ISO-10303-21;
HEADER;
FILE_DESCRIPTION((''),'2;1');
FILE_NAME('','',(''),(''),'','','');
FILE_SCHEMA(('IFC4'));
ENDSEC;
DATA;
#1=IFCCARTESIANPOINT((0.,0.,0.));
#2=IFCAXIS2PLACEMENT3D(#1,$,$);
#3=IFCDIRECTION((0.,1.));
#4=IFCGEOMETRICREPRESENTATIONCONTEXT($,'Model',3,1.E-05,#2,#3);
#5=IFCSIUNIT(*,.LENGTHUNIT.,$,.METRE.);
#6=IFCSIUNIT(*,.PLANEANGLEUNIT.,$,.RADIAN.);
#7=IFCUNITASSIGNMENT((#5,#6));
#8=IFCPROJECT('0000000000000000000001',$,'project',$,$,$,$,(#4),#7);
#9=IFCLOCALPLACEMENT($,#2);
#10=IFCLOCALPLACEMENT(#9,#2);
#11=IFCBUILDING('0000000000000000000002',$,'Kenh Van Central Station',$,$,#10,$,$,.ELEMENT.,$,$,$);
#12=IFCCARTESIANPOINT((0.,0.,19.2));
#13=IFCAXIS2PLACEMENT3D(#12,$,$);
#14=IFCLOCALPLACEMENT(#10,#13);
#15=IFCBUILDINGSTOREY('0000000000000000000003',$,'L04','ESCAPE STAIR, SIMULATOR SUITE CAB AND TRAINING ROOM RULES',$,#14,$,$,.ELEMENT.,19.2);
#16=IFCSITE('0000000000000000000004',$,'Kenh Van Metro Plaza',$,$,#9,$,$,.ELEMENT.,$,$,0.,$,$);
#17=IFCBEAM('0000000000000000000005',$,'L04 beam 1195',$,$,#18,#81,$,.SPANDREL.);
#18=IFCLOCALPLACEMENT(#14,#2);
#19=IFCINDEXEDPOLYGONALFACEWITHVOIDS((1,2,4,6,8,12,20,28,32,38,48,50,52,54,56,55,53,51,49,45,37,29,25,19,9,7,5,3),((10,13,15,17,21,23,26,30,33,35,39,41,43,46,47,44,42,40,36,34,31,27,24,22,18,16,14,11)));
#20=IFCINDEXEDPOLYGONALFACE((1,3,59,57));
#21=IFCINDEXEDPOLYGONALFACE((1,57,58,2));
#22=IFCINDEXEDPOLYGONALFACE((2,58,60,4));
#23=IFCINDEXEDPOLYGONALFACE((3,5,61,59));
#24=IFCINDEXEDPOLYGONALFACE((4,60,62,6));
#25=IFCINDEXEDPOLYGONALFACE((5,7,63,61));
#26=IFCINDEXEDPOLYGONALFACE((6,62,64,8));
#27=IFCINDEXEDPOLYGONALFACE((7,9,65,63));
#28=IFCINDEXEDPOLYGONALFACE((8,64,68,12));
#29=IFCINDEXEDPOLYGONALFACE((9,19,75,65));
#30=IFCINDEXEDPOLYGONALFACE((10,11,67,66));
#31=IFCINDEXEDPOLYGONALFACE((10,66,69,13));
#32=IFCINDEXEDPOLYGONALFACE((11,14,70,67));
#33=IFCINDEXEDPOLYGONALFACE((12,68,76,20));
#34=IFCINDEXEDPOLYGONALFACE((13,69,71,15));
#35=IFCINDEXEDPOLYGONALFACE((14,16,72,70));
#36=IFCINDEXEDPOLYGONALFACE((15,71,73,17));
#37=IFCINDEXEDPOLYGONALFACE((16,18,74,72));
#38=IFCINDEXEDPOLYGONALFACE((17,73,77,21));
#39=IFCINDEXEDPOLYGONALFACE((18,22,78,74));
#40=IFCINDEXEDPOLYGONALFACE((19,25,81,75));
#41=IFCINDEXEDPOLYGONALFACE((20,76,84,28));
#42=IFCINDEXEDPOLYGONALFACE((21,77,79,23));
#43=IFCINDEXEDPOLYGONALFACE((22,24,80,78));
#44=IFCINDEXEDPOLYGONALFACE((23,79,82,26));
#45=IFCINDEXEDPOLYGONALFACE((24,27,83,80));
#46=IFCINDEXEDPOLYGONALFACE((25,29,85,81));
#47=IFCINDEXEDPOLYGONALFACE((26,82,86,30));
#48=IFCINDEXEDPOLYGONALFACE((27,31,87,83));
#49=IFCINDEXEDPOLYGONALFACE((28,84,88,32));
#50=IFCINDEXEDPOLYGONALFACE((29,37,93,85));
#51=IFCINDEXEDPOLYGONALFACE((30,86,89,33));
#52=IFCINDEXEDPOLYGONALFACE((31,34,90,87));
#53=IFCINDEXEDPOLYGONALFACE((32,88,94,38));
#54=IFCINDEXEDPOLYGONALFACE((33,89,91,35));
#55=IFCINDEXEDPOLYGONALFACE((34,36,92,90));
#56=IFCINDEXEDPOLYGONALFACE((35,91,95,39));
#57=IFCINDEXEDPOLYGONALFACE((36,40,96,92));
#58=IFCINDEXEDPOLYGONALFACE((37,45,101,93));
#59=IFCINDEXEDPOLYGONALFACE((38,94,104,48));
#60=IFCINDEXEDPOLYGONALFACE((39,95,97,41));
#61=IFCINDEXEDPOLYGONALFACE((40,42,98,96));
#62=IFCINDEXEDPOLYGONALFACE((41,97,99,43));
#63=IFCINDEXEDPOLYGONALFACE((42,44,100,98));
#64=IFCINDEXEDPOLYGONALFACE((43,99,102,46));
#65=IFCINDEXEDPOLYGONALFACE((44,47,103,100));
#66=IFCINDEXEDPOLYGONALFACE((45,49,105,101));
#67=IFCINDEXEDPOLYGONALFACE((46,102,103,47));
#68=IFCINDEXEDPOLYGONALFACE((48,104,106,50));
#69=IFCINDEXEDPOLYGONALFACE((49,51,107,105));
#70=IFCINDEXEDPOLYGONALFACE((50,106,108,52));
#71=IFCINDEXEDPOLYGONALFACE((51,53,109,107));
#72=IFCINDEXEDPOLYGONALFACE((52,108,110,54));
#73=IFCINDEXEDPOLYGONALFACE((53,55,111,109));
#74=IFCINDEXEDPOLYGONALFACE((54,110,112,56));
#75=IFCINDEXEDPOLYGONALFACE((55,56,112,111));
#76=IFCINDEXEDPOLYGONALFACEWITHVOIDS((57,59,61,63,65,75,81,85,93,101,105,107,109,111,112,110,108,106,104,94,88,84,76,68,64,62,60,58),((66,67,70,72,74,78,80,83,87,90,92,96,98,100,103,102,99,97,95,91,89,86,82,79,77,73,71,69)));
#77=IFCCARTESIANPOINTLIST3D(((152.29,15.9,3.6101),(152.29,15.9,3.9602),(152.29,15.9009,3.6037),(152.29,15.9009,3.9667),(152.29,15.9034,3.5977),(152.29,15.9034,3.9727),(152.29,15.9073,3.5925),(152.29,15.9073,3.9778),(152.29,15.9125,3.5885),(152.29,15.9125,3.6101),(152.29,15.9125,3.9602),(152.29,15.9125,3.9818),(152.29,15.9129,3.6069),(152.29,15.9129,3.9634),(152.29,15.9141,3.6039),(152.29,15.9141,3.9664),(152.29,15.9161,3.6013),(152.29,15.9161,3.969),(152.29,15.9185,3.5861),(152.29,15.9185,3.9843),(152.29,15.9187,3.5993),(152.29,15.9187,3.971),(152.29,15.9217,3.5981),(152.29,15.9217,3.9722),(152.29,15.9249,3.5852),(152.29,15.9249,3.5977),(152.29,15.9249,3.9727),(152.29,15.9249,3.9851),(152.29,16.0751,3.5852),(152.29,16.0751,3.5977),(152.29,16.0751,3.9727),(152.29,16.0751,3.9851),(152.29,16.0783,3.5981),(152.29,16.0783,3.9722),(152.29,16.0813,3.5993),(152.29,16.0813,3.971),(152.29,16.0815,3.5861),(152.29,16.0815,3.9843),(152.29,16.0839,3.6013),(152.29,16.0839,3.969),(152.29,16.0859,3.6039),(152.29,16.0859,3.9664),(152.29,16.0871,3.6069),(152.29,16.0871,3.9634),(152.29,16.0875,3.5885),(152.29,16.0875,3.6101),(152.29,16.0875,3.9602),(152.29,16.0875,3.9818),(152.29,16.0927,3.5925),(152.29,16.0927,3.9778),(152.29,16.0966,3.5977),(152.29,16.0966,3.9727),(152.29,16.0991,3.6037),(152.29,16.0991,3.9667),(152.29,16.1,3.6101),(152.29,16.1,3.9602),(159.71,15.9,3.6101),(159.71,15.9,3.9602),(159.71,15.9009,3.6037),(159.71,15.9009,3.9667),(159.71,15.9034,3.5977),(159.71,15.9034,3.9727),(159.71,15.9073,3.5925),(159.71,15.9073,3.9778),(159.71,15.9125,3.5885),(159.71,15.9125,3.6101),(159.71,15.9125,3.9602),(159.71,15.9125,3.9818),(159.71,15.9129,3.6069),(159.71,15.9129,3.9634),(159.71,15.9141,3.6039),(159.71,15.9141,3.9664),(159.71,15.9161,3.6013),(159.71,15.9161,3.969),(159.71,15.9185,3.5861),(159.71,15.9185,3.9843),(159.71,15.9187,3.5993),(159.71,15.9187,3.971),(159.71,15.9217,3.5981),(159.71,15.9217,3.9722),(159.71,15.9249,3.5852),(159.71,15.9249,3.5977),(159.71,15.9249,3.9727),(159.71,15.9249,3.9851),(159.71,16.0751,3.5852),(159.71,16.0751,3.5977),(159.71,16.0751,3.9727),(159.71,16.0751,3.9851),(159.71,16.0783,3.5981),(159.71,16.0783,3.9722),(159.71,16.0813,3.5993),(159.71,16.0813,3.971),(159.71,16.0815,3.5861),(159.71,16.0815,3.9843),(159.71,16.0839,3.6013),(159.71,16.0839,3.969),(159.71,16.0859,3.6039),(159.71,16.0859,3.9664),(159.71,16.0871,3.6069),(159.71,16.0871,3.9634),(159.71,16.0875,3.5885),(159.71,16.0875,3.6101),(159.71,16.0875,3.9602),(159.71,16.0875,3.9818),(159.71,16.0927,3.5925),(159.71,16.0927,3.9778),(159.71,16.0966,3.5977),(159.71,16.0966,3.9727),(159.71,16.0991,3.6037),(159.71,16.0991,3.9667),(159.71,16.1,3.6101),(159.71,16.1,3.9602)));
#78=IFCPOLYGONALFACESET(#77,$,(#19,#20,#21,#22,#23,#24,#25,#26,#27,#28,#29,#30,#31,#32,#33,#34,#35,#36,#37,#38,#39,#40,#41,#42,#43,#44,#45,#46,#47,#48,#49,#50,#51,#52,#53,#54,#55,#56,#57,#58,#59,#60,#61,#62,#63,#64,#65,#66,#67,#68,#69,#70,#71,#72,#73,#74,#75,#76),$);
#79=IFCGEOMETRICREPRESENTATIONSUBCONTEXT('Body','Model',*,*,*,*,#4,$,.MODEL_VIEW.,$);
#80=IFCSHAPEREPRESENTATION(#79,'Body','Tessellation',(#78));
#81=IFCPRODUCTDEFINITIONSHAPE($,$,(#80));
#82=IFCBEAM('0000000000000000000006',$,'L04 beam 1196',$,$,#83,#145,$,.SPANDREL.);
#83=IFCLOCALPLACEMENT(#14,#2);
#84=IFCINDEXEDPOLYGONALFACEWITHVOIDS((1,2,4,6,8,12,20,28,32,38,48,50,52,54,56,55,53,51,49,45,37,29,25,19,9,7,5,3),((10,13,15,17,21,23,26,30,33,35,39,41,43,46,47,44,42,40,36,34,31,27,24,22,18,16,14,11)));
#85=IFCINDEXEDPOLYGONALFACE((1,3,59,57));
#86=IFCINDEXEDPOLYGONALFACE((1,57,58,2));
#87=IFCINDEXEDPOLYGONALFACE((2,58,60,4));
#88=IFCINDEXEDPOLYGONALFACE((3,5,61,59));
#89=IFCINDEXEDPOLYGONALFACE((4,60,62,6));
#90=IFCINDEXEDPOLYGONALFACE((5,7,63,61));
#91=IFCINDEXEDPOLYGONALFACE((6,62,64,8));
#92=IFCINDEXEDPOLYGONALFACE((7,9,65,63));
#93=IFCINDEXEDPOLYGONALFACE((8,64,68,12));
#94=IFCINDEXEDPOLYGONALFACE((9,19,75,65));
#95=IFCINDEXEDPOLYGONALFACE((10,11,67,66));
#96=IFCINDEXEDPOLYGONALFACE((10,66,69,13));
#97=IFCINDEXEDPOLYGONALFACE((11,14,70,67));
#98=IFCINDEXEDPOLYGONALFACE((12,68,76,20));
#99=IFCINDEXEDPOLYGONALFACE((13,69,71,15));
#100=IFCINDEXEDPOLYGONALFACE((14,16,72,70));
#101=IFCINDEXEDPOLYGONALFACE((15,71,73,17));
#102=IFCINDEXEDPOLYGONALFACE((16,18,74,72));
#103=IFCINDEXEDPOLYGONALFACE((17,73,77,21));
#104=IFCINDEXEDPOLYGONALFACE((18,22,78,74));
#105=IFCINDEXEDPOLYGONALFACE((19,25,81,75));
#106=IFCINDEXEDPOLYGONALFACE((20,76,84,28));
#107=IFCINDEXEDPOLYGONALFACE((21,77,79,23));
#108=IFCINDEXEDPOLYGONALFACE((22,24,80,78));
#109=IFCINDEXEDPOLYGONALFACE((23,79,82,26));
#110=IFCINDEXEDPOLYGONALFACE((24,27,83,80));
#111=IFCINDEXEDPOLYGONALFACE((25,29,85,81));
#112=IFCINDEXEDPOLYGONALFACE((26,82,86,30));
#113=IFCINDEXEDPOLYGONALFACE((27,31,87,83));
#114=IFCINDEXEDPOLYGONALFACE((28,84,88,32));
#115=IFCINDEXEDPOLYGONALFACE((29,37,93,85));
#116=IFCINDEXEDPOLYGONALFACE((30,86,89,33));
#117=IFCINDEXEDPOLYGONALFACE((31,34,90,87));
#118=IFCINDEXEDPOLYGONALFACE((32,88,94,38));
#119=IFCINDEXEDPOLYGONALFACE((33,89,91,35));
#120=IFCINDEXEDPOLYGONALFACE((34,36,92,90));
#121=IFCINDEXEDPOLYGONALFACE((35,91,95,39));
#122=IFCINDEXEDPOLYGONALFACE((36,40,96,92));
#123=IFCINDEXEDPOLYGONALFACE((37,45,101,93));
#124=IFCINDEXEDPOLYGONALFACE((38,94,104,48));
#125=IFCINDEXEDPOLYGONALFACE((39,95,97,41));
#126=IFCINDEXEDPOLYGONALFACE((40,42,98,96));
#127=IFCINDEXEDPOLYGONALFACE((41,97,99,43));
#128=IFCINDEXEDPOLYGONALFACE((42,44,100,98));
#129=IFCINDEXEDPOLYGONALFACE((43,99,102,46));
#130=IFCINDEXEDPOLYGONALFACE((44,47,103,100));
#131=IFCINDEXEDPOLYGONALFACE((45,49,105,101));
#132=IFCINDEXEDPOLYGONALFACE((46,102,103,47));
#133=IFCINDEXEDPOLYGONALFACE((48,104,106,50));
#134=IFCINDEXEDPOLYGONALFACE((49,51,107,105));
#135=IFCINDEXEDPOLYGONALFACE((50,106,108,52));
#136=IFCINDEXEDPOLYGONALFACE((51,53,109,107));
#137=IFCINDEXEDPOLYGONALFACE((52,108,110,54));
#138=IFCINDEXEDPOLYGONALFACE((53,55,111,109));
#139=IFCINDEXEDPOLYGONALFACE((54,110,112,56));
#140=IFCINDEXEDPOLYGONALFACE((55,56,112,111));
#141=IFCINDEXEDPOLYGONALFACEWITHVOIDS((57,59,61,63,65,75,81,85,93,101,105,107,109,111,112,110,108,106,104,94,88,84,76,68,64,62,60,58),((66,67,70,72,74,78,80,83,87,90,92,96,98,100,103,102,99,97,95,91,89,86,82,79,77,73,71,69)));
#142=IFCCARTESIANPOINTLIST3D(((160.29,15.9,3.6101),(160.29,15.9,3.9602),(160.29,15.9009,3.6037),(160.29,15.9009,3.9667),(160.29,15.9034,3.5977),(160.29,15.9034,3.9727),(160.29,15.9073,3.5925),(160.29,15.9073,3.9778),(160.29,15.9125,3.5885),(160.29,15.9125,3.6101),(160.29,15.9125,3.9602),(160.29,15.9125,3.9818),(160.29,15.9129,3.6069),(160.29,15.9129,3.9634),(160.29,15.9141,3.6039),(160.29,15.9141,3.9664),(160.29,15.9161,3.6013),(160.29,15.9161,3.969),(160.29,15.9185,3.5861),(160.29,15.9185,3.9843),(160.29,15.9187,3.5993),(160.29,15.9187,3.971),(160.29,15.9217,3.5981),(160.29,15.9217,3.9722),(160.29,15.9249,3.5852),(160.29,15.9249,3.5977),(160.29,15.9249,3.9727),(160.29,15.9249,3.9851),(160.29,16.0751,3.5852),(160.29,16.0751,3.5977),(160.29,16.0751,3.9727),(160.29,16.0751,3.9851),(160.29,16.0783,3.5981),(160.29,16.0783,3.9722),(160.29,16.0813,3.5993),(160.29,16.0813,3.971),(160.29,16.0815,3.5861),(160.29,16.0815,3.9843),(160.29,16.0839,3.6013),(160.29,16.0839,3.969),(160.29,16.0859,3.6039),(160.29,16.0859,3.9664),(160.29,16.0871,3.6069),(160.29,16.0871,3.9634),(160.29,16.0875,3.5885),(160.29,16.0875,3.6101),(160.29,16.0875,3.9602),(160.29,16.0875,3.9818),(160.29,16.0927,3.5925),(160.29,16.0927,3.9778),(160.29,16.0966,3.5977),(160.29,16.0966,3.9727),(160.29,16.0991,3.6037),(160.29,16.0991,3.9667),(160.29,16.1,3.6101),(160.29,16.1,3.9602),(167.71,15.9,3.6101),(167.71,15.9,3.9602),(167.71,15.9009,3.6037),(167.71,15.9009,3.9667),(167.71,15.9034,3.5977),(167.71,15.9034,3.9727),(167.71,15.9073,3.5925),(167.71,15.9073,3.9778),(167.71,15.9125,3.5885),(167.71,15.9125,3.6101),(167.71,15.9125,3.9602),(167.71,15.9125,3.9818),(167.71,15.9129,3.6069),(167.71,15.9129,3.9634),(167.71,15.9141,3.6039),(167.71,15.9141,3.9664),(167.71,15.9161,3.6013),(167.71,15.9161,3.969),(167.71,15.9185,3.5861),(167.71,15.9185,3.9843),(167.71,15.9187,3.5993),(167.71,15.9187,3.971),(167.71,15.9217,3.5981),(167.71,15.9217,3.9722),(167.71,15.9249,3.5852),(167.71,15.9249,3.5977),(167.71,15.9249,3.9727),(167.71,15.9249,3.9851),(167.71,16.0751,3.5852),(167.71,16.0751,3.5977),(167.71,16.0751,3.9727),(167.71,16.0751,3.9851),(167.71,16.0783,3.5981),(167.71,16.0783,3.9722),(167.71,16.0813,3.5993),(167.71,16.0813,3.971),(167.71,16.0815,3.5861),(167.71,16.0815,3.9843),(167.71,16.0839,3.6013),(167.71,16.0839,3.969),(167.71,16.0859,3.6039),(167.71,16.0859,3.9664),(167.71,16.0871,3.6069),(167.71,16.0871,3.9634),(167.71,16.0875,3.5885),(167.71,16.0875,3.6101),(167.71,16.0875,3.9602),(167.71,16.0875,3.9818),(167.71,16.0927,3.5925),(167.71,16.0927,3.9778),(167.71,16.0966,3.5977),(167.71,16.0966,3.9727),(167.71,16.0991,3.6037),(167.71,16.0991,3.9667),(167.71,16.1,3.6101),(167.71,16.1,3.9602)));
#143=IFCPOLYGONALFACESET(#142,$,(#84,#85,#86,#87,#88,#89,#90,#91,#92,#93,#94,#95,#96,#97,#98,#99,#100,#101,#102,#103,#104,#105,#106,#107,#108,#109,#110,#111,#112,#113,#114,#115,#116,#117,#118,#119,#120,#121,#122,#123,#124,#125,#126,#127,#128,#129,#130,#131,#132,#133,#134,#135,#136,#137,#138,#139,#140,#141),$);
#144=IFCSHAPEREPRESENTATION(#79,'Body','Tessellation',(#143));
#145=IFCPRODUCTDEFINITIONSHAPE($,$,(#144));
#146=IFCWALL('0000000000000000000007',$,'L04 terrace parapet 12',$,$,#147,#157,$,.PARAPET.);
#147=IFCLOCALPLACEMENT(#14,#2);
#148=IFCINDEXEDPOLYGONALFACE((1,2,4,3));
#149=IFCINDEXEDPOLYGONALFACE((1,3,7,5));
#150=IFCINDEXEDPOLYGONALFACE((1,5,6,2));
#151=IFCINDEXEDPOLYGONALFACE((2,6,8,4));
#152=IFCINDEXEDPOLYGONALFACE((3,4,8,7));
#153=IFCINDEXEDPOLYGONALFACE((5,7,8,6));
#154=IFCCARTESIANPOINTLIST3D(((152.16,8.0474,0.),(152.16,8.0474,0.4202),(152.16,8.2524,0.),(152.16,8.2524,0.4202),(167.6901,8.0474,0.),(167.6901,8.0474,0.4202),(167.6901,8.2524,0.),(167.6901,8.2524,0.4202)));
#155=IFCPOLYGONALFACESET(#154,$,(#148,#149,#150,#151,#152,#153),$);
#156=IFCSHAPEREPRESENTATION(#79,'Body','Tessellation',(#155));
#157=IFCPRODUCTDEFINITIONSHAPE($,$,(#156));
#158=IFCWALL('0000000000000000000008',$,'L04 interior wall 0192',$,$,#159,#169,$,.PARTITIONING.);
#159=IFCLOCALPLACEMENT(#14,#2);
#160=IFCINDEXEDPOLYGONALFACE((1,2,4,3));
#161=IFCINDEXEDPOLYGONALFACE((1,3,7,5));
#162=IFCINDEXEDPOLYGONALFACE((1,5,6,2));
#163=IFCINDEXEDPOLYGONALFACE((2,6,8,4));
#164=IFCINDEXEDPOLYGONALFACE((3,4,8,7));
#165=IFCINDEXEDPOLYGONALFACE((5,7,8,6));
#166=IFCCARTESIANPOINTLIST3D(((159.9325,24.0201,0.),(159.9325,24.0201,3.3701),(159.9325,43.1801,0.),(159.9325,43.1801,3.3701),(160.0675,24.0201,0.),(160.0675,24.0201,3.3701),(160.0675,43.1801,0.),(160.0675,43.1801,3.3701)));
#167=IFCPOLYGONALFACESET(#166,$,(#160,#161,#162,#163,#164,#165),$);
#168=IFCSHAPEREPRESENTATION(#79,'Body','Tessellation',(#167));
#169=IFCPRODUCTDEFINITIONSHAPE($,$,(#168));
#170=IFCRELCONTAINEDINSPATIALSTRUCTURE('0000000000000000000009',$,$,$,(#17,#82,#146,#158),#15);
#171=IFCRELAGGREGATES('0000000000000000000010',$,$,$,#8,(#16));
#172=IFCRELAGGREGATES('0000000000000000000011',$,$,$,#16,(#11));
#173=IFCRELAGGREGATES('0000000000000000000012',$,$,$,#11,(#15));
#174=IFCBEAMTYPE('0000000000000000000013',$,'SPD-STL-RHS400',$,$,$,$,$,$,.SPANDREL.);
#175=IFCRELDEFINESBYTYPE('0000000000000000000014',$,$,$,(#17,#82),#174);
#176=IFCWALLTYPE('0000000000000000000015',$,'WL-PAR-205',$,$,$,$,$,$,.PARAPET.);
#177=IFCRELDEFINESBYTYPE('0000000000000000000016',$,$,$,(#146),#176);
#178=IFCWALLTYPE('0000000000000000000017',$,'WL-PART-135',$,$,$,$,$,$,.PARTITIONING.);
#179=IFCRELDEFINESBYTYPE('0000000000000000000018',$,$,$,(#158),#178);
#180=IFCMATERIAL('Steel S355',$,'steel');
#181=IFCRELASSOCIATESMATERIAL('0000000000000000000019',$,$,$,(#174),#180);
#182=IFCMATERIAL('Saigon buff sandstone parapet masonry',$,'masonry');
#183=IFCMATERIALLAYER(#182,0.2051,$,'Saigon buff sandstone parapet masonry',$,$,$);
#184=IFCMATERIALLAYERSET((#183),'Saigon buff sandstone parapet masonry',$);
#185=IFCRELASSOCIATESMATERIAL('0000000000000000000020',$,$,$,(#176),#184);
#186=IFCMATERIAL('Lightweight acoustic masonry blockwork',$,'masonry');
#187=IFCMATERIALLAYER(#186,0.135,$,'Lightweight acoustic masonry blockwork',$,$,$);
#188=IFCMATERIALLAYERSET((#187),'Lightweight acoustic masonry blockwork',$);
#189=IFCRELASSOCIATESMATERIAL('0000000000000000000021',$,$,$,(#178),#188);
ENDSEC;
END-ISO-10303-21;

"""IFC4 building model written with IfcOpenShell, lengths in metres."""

from ifc_helpers import new_model, si_unit, direction, frame, frame_2d, origin, origin_2d, place, context, subcontext, project, spatial, rectangle, hollow_rectangle, extrude, material, layer, layer_set, material_profile, profile_set, type_object, element, save


model = new_model("IFC4")

# Units and contexts
model_context = context("Model", 3, precision=1e-05, world=origin(), true_north=direction((0.0, 1.0)))
body_context = subcontext(model_context, "Body", "Model", "MODEL_VIEW")
ifc_project = project(units=[si_unit("LENGTHUNIT", "METRE"), si_unit("PLANEANGLEUNIT", "RADIAN")], contexts=[model_context])

# Site, building, storey
site_placement = place(None, origin())
site = spatial("IfcSite", under=ifc_project, at=site_placement, Name="Kenh Van Metro Plaza", CompositionType="ELEMENT", RefElevation=0.0)
building_placement = place(site_placement, origin())
building = spatial("IfcBuilding", under=site, at=building_placement, Name="Kenh Van Central Station", CompositionType="ELEMENT")
storey_placement = place(building_placement, frame((0.0, 0.0, 19.2)))
storey = spatial("IfcBuildingStorey", under=building, at=storey_placement, Name="L04", Description="ESCAPE STAIR, SIMULATOR SUITE CAB AND TRAINING ROOM RULES", CompositionType="ELEMENT", Elevation=19.2)

# Beams
ifc_material_1 = material(Name="Steel S355", Category="steel")
ifc_material_profile_1 = material_profile(ifc_material_1, hollow_rectangle(XDim=0.2, YDim=0.3999, WallThickness=0.0125, InnerFilletRadius=0.0125, OuterFilletRadius=0.0249, at=origin_2d()), Name="RHS 400x200x12.5")
ifc_profile_set_1 = profile_set([ifc_material_profile_1], Name="Steel S355")
beam_type_1 = type_object("IfcBeamType", Name="SPD-STL-RHS400", PredefinedType="SPANDREL", material=ifc_profile_set_1)
for number, where, z_axis, x_axis, name in (
    (1, (152.29, 16.0, 3.7852), (1.0, 0.0, 0.0), (0.0, 1.0, 0.0), "L04 beam 1195"),
    (2, (160.29, 16.0, 3.7852), (1.0, 0.0, 0.0), (0.0, 1.0, 0.0), "L04 beam 1196"),
):
    element("IfcBeam", number, at=place(storey_placement, frame(where, z_axis=z_axis, x_axis=x_axis)), inside=storey, type_object=beam_type_1, Name=name, PredefinedType="SPANDREL", context=body_context, shape_type="SweptSolid", body=[
        extrude(hollow_rectangle(XDim=0.2, YDim=0.3999, WallThickness=0.0125, InnerFilletRadius=0.0125, OuterFilletRadius=0.0249, at=origin_2d()), origin(), (0.0, 0.0, 1.0), 7.4199),
    ])

# Walls
ifc_material_2 = material(Name="Saigon buff sandstone parapet masonry", Category="masonry")
ifc_layer_1 = layer(ifc_material_2, 0.2051, Name="Saigon buff sandstone parapet masonry")
ifc_layer_set_1 = layer_set([ifc_layer_1], Name="Saigon buff sandstone parapet masonry")
wall_type_1 = type_object("IfcWallType", Name="WL-PAR-205", PredefinedType="PARAPET", material=ifc_layer_set_1)
wall_1_placement = place(storey_placement, frame((152.1599, 8.1499, 0.0), z_axis=(0.0, 0.0, 1.0), x_axis=(1.0, 0.0, 0.0)))
element("IfcWall", 3, at=wall_1_placement, inside=storey, type_object=wall_type_1, Name="L04 terrace parapet 12", PredefinedType="PARAPET", context=body_context, shape_type="SweptSolid", body=[
    extrude(rectangle(XDim=15.53, YDim=0.2051, at=frame_2d((7.7651, 0.0))), origin(), (0.0, 0.0, 1.0), 0.4202),
])
ifc_material_3 = material(Name="Lightweight acoustic masonry blockwork", Category="masonry")
ifc_layer_2 = layer(ifc_material_3, 0.135, Name="Lightweight acoustic masonry blockwork")
ifc_layer_set_2 = layer_set([ifc_layer_2], Name="Lightweight acoustic masonry blockwork")
wall_type_2 = type_object("IfcWallType", Name="WL-PART-135", PredefinedType="PARTITIONING", material=ifc_layer_set_2)
wall_2_placement = place(storey_placement, frame((160.0, 24.02, 0.0), z_axis=(0.0, 0.0, 1.0), x_axis=(0.0, 1.0, 0.0)))
element("IfcWall", 4, at=wall_2_placement, inside=storey, type_object=wall_type_2, Name="L04 interior wall 0192", PredefinedType="PARTITIONING", context=body_context, shape_type="SweptSolid", body=[
    extrude(rectangle(XDim=19.1599, YDim=0.135, at=frame_2d((9.5801, 0.0))), origin(), (0.0, 0.0, 1.0), 3.3701),
])

save(model, "model.ifc")
